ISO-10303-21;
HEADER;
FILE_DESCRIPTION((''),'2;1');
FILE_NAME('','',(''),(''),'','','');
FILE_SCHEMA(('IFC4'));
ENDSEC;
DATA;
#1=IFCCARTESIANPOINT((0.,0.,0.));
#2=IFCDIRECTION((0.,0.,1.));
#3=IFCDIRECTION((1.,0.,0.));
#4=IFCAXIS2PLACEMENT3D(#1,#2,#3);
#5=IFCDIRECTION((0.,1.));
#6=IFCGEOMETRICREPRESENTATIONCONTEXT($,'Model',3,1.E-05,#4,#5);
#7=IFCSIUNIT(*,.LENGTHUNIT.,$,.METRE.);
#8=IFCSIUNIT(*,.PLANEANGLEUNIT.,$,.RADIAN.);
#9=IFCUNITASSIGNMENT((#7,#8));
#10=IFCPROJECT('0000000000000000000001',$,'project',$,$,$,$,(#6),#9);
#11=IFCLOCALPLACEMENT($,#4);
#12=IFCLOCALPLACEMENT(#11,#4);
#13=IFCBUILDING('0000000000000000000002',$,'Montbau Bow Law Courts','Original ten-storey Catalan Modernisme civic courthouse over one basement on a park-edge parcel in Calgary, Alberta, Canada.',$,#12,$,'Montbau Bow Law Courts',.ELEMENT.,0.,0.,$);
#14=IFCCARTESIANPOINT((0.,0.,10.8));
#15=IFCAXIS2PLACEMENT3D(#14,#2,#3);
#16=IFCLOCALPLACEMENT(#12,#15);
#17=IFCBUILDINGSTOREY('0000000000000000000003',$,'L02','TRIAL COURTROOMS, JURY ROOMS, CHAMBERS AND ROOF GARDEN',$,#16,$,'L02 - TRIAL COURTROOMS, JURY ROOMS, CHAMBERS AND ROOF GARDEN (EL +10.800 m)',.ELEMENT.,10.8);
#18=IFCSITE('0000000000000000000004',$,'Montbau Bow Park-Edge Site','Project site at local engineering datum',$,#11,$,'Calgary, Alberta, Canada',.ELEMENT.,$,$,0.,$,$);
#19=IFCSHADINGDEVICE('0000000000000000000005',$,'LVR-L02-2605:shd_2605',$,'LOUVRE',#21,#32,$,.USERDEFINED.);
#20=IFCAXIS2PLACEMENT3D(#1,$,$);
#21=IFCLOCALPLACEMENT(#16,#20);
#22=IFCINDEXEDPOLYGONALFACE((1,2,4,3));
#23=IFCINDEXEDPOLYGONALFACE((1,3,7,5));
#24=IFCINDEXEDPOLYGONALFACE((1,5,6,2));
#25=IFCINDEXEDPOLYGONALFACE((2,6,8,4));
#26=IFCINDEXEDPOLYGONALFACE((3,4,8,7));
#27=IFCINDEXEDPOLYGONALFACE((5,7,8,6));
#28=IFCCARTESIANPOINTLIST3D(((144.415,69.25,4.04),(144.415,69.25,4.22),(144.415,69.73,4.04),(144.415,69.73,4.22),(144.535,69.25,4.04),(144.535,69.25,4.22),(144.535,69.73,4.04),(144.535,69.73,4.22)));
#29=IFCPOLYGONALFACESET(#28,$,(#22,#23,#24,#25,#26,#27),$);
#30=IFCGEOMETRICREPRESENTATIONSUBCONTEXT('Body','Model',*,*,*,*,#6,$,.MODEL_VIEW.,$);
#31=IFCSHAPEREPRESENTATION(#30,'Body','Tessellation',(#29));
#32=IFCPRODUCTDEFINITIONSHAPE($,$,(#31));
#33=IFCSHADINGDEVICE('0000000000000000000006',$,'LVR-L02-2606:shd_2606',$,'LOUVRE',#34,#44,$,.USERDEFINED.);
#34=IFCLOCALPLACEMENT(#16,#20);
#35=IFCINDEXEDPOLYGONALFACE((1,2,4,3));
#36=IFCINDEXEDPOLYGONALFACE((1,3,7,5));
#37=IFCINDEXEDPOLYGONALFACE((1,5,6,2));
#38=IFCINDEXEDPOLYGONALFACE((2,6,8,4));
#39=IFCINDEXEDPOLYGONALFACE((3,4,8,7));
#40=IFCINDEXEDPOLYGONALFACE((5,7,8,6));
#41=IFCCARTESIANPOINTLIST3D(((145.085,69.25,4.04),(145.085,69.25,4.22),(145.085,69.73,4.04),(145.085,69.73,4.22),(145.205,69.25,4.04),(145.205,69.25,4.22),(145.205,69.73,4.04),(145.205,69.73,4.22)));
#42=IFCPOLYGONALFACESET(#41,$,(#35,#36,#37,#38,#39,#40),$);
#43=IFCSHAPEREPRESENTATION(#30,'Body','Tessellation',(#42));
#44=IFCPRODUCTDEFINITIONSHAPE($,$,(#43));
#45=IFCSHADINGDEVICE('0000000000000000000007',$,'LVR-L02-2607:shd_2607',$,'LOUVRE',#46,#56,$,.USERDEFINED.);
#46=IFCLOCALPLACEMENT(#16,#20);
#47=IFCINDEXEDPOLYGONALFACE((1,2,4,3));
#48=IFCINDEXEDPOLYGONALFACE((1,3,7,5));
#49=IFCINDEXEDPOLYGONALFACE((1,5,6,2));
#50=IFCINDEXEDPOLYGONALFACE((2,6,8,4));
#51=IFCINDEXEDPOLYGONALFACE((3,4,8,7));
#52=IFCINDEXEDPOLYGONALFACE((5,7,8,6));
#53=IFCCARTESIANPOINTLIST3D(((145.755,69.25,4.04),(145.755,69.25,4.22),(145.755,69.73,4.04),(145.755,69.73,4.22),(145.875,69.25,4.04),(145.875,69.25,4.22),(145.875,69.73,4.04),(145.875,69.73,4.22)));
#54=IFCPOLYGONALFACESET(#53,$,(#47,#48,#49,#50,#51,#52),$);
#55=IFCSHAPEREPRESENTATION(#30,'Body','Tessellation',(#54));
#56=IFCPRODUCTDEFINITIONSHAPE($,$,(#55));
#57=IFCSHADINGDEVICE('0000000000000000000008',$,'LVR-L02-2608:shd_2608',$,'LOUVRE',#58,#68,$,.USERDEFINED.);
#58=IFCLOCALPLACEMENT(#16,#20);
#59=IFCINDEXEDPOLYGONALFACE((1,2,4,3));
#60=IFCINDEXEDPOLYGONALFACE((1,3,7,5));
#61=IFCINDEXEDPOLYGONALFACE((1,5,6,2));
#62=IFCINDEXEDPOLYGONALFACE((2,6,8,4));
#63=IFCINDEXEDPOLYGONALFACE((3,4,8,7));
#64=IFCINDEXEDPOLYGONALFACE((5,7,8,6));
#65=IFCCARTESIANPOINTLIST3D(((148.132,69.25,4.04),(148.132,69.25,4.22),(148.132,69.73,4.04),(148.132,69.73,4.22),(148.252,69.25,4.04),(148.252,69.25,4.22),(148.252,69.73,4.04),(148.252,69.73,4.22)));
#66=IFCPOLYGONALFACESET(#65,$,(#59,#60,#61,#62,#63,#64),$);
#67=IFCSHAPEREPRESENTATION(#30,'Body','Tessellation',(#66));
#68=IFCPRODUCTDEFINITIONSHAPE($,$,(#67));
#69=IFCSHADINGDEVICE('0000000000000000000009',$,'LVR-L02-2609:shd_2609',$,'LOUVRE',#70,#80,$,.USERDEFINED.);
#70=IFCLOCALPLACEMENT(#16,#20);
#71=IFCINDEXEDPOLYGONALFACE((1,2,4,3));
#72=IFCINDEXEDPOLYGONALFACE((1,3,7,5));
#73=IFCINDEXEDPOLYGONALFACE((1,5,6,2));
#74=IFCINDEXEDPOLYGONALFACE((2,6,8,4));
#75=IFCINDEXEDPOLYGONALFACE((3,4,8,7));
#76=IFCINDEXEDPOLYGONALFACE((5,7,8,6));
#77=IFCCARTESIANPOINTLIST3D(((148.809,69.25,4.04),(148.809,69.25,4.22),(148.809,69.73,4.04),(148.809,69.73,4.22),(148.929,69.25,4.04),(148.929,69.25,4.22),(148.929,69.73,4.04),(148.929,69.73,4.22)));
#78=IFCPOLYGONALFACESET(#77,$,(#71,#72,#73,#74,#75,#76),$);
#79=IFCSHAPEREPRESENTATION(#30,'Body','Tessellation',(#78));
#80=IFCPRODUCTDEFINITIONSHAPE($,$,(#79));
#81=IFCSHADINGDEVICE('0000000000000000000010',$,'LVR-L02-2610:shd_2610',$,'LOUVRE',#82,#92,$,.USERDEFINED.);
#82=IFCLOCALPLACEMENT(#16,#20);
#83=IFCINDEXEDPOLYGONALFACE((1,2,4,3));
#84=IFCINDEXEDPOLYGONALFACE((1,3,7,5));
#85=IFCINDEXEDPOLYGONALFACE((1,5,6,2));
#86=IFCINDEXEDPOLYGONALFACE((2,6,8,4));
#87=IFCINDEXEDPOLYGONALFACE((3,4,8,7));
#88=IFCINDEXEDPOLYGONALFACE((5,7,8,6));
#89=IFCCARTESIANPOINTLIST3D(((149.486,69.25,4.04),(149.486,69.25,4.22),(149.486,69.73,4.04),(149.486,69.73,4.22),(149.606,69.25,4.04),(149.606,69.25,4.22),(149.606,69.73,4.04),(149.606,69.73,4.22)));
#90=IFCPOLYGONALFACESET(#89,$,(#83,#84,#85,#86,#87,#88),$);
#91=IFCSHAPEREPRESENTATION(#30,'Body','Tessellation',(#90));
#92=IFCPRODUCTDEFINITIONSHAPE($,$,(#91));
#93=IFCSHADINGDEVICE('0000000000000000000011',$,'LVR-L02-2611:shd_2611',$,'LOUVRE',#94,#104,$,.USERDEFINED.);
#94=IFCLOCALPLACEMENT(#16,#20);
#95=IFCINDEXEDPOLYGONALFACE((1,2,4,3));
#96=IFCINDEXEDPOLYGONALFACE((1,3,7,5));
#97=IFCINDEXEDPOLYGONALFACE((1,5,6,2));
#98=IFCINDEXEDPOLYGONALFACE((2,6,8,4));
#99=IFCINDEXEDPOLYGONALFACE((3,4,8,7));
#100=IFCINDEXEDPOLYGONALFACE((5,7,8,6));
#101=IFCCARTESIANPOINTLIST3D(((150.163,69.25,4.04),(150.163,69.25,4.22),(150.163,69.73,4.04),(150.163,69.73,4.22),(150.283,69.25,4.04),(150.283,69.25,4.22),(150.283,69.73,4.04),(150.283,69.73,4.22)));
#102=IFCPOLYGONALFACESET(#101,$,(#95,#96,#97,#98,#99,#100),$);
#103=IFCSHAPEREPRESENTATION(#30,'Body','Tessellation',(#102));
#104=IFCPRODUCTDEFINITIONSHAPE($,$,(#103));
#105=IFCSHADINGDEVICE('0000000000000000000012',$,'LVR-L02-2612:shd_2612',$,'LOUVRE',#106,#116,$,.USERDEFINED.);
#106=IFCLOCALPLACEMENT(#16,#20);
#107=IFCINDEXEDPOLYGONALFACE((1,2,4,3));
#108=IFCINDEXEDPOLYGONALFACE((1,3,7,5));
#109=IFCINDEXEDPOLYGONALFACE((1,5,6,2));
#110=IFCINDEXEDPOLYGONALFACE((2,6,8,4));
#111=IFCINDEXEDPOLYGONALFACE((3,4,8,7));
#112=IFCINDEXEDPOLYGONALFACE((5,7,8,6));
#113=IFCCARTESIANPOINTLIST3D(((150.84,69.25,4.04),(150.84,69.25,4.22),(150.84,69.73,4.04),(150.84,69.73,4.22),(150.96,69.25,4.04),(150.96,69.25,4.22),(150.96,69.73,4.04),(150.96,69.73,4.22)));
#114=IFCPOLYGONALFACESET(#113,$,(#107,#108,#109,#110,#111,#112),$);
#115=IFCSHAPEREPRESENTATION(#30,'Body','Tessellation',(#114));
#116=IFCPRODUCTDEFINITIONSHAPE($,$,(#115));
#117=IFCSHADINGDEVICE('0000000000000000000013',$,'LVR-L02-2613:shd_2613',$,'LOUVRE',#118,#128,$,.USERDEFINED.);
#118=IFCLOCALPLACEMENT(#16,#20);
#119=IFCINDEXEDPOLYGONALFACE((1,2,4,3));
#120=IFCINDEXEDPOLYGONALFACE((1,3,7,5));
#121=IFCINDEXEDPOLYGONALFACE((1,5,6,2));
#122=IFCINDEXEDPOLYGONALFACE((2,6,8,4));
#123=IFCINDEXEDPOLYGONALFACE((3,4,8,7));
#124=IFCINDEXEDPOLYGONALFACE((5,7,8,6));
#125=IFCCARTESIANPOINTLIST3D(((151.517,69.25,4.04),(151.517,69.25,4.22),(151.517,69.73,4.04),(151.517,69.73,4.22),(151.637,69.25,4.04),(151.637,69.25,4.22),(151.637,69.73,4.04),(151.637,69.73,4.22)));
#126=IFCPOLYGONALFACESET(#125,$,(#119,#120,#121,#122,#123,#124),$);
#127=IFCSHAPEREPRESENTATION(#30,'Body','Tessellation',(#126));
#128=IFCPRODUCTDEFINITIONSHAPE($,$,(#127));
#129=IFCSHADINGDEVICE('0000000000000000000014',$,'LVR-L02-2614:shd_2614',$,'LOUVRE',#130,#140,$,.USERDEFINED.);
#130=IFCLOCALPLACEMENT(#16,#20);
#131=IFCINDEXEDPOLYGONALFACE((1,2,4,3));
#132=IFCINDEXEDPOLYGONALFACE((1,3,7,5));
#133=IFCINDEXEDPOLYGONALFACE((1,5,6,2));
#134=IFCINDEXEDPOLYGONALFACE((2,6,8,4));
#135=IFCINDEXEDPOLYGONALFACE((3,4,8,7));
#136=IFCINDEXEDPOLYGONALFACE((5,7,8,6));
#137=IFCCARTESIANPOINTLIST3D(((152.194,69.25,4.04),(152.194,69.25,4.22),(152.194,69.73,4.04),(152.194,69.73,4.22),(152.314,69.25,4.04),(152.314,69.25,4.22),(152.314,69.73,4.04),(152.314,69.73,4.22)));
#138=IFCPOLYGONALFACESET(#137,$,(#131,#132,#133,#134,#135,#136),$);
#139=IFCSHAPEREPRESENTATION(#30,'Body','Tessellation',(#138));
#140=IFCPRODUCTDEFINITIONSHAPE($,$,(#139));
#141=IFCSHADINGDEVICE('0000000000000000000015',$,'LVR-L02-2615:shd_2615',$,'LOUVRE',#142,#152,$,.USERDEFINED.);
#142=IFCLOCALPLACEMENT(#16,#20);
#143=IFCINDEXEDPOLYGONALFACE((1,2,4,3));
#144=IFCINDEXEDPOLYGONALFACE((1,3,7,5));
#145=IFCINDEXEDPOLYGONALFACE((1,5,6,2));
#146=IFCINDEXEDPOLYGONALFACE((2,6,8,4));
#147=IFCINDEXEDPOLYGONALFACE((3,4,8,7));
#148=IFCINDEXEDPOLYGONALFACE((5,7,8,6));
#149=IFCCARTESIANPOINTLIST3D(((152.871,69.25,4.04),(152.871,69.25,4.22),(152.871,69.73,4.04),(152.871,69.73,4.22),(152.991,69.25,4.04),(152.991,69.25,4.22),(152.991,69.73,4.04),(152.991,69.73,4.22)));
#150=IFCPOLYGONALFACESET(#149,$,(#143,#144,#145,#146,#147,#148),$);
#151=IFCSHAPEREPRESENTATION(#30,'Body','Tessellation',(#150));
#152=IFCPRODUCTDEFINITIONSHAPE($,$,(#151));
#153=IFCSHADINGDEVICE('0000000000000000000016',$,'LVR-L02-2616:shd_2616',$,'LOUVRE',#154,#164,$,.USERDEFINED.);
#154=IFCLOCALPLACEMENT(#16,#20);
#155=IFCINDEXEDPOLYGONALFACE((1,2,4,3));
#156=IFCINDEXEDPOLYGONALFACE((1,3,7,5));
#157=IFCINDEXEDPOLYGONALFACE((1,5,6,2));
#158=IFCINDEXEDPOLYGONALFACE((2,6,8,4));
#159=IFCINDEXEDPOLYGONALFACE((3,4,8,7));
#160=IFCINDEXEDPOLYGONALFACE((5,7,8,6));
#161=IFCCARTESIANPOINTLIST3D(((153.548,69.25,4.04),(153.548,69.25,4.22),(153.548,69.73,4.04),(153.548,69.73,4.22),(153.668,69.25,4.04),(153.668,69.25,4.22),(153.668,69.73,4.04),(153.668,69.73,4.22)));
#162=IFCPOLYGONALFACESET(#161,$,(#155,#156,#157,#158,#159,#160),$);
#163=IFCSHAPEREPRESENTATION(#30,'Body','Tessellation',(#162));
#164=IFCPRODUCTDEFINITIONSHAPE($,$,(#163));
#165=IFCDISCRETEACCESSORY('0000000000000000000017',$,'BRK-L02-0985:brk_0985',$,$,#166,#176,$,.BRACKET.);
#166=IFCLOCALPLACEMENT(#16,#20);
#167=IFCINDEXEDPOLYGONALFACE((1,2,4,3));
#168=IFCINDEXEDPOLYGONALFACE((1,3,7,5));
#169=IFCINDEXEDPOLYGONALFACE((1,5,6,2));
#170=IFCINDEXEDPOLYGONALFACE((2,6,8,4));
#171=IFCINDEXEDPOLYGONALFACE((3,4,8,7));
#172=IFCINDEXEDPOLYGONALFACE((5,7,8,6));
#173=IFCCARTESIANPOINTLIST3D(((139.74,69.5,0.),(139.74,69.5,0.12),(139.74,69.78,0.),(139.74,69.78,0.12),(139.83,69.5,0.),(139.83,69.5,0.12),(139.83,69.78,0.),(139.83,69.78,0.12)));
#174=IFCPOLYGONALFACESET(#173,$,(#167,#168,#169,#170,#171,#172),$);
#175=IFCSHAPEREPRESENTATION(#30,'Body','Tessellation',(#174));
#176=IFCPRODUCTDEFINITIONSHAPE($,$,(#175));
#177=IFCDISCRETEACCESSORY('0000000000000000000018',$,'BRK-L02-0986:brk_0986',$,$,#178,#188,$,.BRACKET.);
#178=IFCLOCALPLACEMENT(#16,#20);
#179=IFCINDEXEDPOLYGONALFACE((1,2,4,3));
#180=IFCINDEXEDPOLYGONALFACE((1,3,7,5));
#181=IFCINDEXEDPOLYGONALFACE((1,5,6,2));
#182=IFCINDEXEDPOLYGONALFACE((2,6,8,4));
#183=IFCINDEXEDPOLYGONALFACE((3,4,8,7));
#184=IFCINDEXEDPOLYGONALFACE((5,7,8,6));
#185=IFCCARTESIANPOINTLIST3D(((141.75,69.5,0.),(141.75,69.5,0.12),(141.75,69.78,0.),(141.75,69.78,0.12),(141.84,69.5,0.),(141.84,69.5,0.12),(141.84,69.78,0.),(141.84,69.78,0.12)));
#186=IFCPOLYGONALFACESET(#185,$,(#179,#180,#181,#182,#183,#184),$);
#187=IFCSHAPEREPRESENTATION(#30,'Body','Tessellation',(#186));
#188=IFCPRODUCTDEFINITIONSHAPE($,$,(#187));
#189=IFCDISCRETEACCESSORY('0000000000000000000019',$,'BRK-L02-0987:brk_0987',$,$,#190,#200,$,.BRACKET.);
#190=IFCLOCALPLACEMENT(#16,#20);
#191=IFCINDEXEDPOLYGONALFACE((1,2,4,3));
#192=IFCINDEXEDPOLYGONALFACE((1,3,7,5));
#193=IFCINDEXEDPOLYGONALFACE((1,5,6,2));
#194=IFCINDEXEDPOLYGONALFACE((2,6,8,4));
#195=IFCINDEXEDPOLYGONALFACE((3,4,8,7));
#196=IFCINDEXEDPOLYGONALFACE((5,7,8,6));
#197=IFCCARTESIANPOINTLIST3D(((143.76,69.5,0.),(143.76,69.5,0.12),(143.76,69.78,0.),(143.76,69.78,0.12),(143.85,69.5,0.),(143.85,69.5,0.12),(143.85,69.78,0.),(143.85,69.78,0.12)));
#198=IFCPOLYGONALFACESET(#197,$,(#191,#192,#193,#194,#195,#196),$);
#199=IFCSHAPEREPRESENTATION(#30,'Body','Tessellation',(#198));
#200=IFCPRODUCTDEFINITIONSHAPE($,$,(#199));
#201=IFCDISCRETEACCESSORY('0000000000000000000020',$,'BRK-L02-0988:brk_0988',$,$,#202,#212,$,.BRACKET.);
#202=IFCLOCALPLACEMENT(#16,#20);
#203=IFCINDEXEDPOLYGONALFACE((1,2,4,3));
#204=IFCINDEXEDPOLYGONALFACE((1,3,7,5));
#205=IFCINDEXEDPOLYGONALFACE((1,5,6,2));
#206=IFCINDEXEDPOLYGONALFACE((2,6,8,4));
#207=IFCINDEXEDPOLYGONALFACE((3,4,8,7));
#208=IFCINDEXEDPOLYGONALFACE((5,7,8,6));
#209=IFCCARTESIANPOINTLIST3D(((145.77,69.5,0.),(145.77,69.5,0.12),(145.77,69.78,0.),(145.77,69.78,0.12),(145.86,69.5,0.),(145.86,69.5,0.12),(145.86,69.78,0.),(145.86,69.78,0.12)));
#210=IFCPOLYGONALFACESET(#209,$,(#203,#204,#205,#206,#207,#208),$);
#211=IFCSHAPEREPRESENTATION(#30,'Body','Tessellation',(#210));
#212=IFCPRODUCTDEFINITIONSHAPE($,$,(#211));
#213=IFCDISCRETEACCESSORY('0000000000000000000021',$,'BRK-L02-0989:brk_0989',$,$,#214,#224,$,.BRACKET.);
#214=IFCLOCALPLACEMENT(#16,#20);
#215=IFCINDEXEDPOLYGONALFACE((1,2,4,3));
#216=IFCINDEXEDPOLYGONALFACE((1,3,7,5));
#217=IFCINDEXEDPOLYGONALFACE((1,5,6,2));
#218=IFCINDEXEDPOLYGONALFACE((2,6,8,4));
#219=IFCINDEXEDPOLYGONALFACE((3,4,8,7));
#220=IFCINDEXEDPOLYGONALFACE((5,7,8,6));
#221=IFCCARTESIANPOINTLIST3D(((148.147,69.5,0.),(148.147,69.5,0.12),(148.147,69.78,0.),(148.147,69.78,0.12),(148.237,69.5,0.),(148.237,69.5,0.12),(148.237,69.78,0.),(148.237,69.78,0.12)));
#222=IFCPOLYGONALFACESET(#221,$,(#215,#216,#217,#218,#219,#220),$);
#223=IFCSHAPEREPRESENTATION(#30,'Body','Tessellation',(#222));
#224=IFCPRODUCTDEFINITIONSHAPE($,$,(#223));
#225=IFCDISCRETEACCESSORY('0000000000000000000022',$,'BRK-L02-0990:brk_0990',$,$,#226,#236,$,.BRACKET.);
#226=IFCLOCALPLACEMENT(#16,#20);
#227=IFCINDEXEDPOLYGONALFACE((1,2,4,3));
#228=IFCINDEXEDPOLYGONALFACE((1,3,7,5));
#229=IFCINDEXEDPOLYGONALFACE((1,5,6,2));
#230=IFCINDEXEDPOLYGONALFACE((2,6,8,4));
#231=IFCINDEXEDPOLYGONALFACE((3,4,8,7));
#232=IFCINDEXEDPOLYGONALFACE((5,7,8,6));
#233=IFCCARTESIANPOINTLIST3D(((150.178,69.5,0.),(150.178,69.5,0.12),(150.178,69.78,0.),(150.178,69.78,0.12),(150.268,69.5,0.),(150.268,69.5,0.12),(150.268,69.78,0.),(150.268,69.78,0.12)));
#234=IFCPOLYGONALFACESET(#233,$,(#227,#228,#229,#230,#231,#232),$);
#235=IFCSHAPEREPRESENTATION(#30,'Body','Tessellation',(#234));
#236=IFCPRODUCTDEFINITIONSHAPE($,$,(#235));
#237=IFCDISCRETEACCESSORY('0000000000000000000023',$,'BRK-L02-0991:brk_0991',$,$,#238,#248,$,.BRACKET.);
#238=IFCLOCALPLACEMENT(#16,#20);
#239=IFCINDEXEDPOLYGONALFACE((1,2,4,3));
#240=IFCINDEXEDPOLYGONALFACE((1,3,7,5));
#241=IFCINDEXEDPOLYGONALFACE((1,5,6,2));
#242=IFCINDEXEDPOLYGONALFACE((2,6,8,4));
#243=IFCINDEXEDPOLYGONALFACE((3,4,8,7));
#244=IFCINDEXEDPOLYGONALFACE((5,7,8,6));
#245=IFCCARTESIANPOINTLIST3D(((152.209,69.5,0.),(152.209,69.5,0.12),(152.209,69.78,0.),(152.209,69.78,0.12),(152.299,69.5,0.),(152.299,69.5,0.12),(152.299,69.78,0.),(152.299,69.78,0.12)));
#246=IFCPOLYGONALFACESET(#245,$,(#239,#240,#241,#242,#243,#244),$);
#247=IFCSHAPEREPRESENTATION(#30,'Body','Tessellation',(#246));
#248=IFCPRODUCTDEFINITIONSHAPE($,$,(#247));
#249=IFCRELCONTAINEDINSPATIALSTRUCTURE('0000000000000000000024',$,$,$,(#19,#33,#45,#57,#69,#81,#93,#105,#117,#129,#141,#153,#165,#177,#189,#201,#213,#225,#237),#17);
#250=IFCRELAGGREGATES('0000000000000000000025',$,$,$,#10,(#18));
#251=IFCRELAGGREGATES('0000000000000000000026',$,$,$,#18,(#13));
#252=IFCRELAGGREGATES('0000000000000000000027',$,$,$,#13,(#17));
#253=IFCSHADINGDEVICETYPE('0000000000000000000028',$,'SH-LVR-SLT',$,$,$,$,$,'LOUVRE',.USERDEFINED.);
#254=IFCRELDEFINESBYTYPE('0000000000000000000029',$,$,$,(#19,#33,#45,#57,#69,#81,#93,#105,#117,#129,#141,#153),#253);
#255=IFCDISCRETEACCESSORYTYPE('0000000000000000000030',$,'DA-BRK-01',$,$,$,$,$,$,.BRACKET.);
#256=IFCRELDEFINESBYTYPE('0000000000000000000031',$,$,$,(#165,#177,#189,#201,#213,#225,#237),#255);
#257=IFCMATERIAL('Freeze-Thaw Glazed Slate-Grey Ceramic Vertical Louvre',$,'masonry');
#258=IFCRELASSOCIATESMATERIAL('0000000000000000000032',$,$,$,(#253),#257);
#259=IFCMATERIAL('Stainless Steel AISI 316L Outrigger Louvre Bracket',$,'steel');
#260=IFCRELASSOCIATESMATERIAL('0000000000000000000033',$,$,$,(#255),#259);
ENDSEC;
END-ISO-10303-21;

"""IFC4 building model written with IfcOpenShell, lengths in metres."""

from ifc_helpers import new_model, si_unit, direction, frame, origin_with_axes, origin_2d_with_axis, place, context, subcontext, project, spatial, rectangle, extrude, material, type_object, element, save


model = new_model("IFC4")

# Units and contexts
model_context = context("Model", 3, precision=1e-05, world=origin_with_axes(), true_north=direction((0.0, 1.0)))
body_context = subcontext(model_context, "Body", "Model", "MODEL_VIEW")
ifc_project = project(units=[si_unit("LENGTHUNIT", "METRE"), si_unit("PLANEANGLEUNIT", "RADIAN")], contexts=[model_context])

# Site, building, storey
site_placement = place(None, origin_with_axes())
site = spatial("IfcSite", under=ifc_project, at=site_placement, Name="Montbau Bow Park-Edge Site", Description="Project site at local engineering datum", LongName="Calgary, Alberta, Canada", CompositionType="ELEMENT", RefElevation=0.0)
building_placement = place(site_placement, origin_with_axes())
building = spatial("IfcBuilding", under=site, at=building_placement, Name="Montbau Bow Law Courts", Description="Original ten-storey Catalan Modernisme civic courthouse over one basement on a park-edge parcel in Calgary, Alberta, Canada.", LongName="Montbau Bow Law Courts", CompositionType="ELEMENT", ElevationOfRefHeight=0.0, ElevationOfTerrain=0.0)
storey_placement = place(building_placement, frame((0.0, 0.0, 10.8), z_axis=(0.0, 0.0, 1.0), x_axis=(1.0, 0.0, 0.0)))
storey = spatial("IfcBuildingStorey", under=building, at=storey_placement, Name="L02", Description="TRIAL COURTROOMS, JURY ROOMS, CHAMBERS AND ROOF GARDEN", LongName="L02 - TRIAL COURTROOMS, JURY ROOMS, CHAMBERS AND ROOF GARDEN (EL +10.800 m)", CompositionType="ELEMENT", Elevation=10.8)

# Shared definitions
ifc_material_1 = material(Name="Freeze-Thaw Glazed Slate-Grey Ceramic Vertical Louvre", Category="masonry")

# Shading devices
shading_device_type = type_object("IfcShadingDeviceType", Name="SH-LVR-SLT", ElementType="LOUVRE", PredefinedType="USERDEFINED", material=ifc_material_1)
for number, where, z_axis, x_axis, name in (
    (1, (144.475, 69.49, 14.84), (0.0, 0.0, 1.0), (0.0, -1.0, 0.0), "LVR-L02-2605:shd_2605"),
    (2, (145.145, 69.49, 14.84), (0.0, 0.0, 1.0), (0.0, -1.0, 0.0), "LVR-L02-2606:shd_2606"),
    (3, (145.815, 69.49, 14.84), (0.0, 0.0, 1.0), (0.0, -1.0, 0.0), "LVR-L02-2607:shd_2607"),
    (4, (148.192, 69.49, 14.84), (0.0, 0.0, 1.0), (0.0, -1.0, 0.0), "LVR-L02-2608:shd_2608"),
    (5, (148.869, 69.49, 14.84), (0.0, 0.0, 1.0), (0.0, -1.0, 0.0), "LVR-L02-2609:shd_2609"),
    (6, (149.546, 69.49, 14.84), (0.0, 0.0, 1.0), (0.0, -1.0, 0.0), "LVR-L02-2610:shd_2610"),
    (7, (150.223, 69.49, 14.84), (0.0, 0.0, 1.0), (0.0, -1.0, 0.0), "LVR-L02-2611:shd_2611"),
    (8, (150.9, 69.49, 14.84), (0.0, 0.0, 1.0), (0.0, -1.0, 0.0), "LVR-L02-2612:shd_2612"),
    (9, (151.577, 69.49, 14.84), (0.0, 0.0, 1.0), (0.0, -1.0, 0.0), "LVR-L02-2613:shd_2613"),
    (10, (152.254, 69.49, 14.84), (0.0, 0.0, 1.0), (0.0, -1.0, 0.0), "LVR-L02-2614:shd_2614"),
    (11, (152.931, 69.49, 14.84), (0.0, 0.0, 1.0), (0.0, -1.0, 0.0), "LVR-L02-2615:shd_2615"),
    (12, (153.608, 69.49, 14.84), (0.0, 0.0, 1.0), (0.0, -1.0, 0.0), "LVR-L02-2616:shd_2616"),
):
    element("IfcShadingDevice", number, at=place(None, frame(where, z_axis=z_axis, x_axis=x_axis)), inside=storey, type_object=shading_device_type, Name=name, ObjectType="LOUVRE", PredefinedType="USERDEFINED", context=body_context, shape_type="SweptSolid", body=[
        extrude(rectangle(XDim=0.48, YDim=0.12, at=origin_2d_with_axis()), origin_with_axes(), (0.0, 0.0, 1.0), 0.18),
    ])

# Discrete accessories
ifc_material_2 = material(Name="Stainless Steel AISI 316L Outrigger Louvre Bracket", Category="steel")
discrete_accessory_type = type_object("IfcDiscreteAccessoryType", Name="DA-BRK-01", PredefinedType="BRACKET", material=ifc_material_2)
for number, where, z_axis, x_axis, name in (
    (13, (139.785, 69.64, 10.8), (0.0, 0.0, 1.0), (0.0, -1.0, 0.0), "BRK-L02-0985:brk_0985"),
    (14, (141.795, 69.64, 10.8), (0.0, 0.0, 1.0), (0.0, -1.0, 0.0), "BRK-L02-0986:brk_0986"),
    (15, (143.805, 69.64, 10.8), (0.0, 0.0, 1.0), (0.0, -1.0, 0.0), "BRK-L02-0987:brk_0987"),
    (16, (145.815, 69.64, 10.8), (0.0, 0.0, 1.0), (0.0, -1.0, 0.0), "BRK-L02-0988:brk_0988"),
    (17, (148.192, 69.64, 10.8), (0.0, 0.0, 1.0), (0.0, -1.0, 0.0), "BRK-L02-0989:brk_0989"),
    (18, (150.223, 69.64, 10.8), (0.0, 0.0, 1.0), (0.0, -1.0, 0.0), "BRK-L02-0990:brk_0990"),
    (19, (152.254, 69.64, 10.8), (0.0, 0.0, 1.0), (0.0, -1.0, 0.0), "BRK-L02-0991:brk_0991"),
):
    element("IfcDiscreteAccessory", number, at=place(None, frame(where, z_axis=z_axis, x_axis=x_axis)), inside=storey, type_object=discrete_accessory_type, Name=name, PredefinedType="BRACKET", context=body_context, shape_type="SweptSolid", body=[
        extrude(rectangle(XDim=0.28, YDim=0.09, at=origin_2d_with_axis()), origin_with_axes(), (0.0, 0.0, 1.0), 0.12),
    ])

save(model, "model.ifc")
